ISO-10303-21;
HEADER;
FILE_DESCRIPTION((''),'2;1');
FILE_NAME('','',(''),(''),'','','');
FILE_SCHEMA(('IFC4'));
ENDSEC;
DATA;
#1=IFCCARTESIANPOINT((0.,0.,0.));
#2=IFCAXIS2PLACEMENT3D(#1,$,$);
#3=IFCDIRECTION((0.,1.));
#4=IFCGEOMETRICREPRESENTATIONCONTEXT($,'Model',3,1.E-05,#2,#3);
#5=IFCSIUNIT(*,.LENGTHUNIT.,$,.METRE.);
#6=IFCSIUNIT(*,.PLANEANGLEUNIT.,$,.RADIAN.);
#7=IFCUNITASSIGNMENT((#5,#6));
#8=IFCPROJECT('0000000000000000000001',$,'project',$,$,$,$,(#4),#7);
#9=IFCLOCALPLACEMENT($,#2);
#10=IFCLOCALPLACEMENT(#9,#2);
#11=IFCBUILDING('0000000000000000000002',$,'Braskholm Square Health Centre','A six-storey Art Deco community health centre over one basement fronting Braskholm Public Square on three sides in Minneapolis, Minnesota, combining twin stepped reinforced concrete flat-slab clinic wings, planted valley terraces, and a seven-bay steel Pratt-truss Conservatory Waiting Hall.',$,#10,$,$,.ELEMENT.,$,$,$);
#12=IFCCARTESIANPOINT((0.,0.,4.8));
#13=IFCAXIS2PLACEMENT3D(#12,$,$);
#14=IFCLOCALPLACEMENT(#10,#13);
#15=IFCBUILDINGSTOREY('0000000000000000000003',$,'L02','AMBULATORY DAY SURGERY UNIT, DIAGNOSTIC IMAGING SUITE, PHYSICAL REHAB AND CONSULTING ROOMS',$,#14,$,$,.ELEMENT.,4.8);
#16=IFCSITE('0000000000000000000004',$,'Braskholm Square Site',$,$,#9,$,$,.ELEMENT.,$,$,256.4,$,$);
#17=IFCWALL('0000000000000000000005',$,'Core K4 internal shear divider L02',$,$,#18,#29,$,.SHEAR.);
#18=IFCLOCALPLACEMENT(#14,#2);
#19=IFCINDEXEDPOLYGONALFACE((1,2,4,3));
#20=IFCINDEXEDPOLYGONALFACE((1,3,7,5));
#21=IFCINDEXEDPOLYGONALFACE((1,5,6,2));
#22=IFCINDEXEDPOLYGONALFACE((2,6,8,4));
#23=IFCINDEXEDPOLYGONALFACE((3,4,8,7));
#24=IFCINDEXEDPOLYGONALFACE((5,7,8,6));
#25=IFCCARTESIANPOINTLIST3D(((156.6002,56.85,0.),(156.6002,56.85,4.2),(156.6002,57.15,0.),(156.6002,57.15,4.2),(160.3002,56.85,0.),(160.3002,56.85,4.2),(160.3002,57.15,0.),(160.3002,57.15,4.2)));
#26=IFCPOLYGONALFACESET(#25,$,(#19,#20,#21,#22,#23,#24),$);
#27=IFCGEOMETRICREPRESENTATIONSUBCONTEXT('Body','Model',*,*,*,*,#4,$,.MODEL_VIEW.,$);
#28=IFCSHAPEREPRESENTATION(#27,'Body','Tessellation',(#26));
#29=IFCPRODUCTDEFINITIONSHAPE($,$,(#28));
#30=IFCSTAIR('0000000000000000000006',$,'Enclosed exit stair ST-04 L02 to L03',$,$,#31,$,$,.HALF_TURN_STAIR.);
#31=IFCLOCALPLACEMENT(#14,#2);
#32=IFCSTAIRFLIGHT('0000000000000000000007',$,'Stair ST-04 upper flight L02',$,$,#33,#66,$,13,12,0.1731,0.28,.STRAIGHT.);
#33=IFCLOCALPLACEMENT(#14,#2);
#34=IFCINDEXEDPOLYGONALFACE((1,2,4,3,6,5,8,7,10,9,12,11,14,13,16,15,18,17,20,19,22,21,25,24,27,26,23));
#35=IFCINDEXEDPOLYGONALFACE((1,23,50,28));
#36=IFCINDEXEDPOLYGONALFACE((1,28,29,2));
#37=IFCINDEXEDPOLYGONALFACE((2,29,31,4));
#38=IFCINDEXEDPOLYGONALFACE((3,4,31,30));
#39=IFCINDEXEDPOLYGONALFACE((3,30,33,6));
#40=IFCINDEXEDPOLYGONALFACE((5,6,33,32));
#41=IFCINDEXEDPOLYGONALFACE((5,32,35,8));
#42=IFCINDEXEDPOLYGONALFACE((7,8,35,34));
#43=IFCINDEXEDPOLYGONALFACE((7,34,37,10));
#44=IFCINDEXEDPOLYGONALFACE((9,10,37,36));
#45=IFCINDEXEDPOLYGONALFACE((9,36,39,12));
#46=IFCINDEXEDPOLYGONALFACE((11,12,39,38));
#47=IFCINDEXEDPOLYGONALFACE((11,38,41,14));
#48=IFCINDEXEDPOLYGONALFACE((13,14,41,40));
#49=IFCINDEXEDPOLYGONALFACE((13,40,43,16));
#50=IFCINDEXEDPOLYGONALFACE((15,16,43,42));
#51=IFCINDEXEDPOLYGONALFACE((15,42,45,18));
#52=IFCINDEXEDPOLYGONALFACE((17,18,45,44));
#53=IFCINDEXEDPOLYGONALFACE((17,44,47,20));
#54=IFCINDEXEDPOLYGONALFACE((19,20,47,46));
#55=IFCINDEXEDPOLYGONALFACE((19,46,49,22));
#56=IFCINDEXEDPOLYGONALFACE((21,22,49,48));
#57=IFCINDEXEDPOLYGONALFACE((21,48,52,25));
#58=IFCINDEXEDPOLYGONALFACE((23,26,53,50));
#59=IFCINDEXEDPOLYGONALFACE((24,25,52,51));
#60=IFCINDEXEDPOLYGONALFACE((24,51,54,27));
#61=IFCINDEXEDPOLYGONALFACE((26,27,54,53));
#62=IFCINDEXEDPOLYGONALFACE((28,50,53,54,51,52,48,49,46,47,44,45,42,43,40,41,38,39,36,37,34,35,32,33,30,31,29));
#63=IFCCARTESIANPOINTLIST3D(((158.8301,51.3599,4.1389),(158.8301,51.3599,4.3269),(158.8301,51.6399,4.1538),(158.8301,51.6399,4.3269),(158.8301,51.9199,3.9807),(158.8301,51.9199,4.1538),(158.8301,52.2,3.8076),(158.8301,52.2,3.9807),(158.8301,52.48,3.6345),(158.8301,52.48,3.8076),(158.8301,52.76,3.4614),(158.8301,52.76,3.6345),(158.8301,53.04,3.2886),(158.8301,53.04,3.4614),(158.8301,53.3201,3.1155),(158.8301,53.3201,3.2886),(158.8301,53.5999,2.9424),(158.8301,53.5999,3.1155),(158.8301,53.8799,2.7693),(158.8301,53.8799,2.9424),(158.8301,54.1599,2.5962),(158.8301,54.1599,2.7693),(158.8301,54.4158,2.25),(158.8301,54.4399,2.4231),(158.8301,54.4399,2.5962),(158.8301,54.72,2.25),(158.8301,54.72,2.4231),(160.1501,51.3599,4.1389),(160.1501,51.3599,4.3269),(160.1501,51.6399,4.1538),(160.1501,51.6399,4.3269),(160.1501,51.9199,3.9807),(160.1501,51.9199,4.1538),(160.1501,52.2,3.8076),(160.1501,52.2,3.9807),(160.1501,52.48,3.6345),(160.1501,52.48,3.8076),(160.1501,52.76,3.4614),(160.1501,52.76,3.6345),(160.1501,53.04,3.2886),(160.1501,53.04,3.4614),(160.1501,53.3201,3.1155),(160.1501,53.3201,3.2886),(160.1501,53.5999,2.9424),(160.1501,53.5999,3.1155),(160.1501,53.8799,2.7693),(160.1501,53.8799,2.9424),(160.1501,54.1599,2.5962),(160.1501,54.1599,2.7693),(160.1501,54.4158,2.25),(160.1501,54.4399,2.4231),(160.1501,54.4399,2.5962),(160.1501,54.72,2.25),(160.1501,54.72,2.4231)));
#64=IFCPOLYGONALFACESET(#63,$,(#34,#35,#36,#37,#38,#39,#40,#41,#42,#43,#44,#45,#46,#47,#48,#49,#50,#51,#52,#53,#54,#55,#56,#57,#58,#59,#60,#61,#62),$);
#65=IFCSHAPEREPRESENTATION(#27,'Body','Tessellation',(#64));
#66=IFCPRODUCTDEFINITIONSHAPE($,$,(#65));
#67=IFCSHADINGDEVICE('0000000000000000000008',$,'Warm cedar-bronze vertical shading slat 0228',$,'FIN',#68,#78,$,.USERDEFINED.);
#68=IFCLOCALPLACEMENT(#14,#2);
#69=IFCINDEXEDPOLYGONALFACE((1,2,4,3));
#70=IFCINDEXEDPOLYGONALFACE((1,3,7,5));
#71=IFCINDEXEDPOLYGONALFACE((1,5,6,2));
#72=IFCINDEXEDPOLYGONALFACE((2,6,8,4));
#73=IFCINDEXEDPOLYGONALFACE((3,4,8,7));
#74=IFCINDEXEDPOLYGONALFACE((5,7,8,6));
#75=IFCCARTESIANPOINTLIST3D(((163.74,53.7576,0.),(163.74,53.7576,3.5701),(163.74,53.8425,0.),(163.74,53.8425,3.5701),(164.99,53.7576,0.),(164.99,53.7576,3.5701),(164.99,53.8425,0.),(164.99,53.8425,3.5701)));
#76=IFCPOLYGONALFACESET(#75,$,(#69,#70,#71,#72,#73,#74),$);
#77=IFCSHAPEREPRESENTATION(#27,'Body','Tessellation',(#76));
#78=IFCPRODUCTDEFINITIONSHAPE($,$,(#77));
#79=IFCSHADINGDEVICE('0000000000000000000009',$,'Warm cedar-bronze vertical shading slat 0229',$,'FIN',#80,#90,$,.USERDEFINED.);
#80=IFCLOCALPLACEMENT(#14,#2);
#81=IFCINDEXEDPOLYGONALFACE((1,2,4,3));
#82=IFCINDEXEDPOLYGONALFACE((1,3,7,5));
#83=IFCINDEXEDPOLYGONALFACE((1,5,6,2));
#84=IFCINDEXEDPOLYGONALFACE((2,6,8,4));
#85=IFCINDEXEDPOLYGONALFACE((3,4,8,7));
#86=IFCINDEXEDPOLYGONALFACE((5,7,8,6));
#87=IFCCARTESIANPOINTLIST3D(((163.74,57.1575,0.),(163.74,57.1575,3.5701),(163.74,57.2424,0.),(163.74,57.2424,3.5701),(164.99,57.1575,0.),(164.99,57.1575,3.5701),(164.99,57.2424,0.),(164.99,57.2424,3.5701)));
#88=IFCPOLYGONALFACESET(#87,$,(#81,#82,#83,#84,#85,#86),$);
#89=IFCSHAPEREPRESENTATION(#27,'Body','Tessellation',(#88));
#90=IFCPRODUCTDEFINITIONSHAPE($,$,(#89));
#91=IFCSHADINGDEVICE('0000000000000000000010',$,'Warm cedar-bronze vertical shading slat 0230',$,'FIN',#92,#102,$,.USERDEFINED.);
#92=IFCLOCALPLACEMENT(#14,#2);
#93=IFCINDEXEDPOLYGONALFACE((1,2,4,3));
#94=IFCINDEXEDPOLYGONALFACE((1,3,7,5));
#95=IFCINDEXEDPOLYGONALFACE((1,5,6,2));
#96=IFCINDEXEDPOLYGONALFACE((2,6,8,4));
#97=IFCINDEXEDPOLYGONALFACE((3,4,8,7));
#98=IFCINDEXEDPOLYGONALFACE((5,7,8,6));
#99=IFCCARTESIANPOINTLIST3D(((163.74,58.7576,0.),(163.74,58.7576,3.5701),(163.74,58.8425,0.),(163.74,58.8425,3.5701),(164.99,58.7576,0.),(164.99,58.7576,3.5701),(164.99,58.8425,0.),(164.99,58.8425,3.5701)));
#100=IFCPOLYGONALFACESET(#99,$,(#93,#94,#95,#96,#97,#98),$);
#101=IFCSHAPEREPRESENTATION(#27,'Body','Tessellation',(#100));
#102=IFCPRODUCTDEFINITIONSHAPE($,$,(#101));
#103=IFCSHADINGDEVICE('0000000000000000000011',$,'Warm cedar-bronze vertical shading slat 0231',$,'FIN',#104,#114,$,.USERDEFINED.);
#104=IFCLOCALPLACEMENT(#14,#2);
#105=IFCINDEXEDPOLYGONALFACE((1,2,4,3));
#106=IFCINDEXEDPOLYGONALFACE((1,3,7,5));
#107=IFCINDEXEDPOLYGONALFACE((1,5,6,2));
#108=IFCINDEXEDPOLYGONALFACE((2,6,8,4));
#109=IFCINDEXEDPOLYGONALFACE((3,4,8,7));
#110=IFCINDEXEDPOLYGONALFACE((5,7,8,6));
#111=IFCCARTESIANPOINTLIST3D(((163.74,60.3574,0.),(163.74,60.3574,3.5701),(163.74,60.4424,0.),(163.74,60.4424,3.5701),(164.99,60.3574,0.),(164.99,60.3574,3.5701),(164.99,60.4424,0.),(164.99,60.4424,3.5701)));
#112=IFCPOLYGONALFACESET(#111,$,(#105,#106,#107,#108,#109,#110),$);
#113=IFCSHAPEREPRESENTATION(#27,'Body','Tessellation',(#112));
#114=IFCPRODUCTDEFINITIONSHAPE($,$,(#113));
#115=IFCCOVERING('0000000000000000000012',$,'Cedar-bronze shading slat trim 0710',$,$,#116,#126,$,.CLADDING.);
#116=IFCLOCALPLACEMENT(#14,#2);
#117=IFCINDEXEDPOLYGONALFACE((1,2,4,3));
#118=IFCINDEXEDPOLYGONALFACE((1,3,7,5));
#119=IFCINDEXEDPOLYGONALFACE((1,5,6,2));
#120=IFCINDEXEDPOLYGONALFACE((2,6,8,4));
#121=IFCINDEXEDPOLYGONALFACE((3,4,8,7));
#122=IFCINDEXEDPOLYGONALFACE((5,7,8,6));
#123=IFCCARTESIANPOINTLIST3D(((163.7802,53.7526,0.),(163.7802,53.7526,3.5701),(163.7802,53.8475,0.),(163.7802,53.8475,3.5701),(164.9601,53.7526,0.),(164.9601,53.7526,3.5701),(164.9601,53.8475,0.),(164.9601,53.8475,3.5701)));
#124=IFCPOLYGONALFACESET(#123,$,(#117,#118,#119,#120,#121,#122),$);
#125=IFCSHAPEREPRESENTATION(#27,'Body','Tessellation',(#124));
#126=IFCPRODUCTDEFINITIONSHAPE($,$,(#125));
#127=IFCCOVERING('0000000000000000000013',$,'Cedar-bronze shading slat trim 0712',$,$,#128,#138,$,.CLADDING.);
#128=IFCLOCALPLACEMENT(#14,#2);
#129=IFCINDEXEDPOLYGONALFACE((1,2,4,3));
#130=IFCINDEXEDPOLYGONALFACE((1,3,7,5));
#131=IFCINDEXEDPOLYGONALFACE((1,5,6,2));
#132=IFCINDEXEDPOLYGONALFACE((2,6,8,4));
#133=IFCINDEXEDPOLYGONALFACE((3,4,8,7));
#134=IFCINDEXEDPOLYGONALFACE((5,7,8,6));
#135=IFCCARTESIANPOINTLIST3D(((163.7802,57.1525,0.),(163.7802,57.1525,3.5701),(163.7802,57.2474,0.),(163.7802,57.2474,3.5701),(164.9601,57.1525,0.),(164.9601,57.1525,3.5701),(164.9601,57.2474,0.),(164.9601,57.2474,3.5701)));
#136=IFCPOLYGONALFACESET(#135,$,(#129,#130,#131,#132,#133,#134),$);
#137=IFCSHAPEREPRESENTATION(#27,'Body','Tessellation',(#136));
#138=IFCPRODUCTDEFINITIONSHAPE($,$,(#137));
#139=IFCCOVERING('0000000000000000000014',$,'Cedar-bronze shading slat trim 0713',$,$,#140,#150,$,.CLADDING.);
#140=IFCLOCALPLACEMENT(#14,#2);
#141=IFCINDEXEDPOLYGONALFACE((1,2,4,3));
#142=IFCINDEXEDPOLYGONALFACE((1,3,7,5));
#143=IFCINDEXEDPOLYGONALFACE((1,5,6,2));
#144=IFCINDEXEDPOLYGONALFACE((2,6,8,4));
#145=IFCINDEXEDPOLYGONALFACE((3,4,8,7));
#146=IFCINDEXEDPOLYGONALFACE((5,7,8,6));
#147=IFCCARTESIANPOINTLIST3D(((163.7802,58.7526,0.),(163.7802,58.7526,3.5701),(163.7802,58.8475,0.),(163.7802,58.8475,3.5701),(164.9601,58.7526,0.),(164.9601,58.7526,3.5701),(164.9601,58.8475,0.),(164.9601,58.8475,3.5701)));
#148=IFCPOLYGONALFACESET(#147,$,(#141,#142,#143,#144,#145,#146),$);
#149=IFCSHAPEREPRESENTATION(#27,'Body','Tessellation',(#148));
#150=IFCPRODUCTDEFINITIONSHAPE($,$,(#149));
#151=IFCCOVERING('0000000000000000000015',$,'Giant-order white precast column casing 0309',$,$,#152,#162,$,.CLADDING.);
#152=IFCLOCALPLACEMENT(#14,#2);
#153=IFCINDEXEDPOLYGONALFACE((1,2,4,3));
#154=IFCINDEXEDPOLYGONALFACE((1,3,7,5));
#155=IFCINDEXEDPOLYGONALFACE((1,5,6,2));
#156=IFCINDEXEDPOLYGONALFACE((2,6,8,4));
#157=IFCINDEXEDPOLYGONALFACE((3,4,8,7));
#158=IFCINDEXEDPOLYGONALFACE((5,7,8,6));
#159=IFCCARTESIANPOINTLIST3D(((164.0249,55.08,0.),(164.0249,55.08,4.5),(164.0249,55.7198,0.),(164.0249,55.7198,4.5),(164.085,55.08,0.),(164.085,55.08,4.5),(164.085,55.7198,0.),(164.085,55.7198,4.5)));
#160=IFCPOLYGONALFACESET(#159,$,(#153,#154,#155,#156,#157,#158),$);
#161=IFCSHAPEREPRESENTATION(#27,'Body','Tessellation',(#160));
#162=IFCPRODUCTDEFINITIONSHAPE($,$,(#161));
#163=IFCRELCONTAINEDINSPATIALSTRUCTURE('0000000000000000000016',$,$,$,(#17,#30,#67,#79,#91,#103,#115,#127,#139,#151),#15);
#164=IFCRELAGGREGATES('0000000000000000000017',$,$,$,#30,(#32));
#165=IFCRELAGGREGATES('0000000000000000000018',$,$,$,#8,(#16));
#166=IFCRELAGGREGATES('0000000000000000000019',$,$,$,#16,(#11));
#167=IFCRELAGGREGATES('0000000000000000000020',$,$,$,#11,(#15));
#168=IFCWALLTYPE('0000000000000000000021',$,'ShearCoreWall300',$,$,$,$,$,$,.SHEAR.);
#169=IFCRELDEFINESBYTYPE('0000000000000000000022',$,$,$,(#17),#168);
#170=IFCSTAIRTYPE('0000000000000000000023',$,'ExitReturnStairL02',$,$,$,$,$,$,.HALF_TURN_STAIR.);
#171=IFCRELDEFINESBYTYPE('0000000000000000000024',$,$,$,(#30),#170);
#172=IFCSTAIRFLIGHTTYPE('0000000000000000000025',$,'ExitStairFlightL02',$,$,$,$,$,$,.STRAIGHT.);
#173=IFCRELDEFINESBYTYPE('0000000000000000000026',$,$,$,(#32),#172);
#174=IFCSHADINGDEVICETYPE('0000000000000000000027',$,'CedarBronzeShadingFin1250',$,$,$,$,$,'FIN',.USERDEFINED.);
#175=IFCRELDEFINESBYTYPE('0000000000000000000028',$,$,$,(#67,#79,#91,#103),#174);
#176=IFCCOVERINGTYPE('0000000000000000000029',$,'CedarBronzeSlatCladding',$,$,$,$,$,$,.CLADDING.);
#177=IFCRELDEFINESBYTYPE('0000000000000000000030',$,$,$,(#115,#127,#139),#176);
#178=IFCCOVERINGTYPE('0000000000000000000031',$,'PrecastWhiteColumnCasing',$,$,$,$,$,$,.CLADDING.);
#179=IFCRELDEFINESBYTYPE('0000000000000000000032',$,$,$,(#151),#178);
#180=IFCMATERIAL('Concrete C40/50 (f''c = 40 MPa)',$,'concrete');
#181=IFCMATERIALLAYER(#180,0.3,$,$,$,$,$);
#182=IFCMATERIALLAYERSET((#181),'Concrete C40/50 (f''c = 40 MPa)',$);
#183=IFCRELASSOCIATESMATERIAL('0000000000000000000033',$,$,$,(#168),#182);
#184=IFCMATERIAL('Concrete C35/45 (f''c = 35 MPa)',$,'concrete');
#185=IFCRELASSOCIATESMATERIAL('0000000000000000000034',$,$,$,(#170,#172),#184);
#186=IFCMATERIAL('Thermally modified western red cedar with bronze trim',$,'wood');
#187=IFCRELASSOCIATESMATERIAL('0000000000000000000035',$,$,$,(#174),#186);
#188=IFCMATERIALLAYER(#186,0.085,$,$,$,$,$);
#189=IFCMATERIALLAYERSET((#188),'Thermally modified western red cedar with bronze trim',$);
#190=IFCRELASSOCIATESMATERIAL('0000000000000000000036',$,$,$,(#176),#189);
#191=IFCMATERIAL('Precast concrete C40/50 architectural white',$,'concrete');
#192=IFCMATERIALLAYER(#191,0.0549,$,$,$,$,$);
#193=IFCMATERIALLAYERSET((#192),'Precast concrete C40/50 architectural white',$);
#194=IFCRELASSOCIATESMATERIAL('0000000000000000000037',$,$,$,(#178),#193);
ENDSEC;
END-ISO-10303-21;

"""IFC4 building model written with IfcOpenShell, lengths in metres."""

from ifc_helpers import new_model, si_unit, direction, frame, frame_2d, origin, origin_2d, place, context, subcontext, project, spatial, polyline, rectangle, outline, extrude, material, layer, layer_set, type_object, element, aggregate, save


model = new_model("IFC4")

# Units and contexts
model_context = context("Model", 3, precision=1e-05, world=origin(), true_north=direction((0.0, 1.0)))
body_context = subcontext(model_context, "Body", "Model", "MODEL_VIEW")
ifc_project = project(units=[si_unit("LENGTHUNIT", "METRE"), si_unit("PLANEANGLEUNIT", "RADIAN")], contexts=[model_context])

# Site, building, storey
site_placement = place(None, origin())
site = spatial("IfcSite", under=ifc_project, at=site_placement, Name="Braskholm Square Site", CompositionType="ELEMENT", RefElevation=256.4)
building_placement = place(site_placement, origin())
building = spatial("IfcBuilding", under=site, at=building_placement, Name="Braskholm Square Health Centre", Description="A six-storey Art Deco community health centre over one basement fronting Braskholm Public Square on three sides in Minneapolis, Minnesota, combining twin stepped reinforced concrete flat-slab clinic wings, planted valley terraces, and a seven-bay steel Pratt-truss Conservatory Waiting Hall.", CompositionType="ELEMENT")
storey_placement = place(building_placement, frame((0.0, 0.0, 4.8)))
storey = spatial("IfcBuildingStorey", under=building, at=storey_placement, Name="L02", Description="AMBULATORY DAY SURGERY UNIT, DIAGNOSTIC IMAGING SUITE, PHYSICAL REHAB AND CONSULTING ROOMS", CompositionType="ELEMENT", Elevation=4.8)

# Shared definitions
ifc_material_1 = material(Name="Precast concrete C40/50 architectural white", Category="concrete")

# Shared definitions
ifc_material_2 = material(Name="Concrete C35/45 (f'c = 35 MPa)", Category="concrete")

# Wall
ifc_material_3 = material(Name="Concrete C40/50 (f'c = 40 MPa)", Category="concrete")
ifc_layer_1 = layer(ifc_material_3, 0.3)
ifc_layer_set_1 = layer_set([ifc_layer_1], Name="Concrete C40/50 (f'c = 40 MPa)")
wall_type_1 = type_object("IfcWallType", Name="ShearCoreWall300", PredefinedType="SHEAR", material=ifc_layer_set_1)
wall_1_placement = place(storey_placement, frame((156.6001, 57.0, 0.0), z_axis=(0.0, 0.0, 1.0), x_axis=(1.0, 0.0, 0.0)))
element("IfcWall", 1, at=wall_1_placement, inside=storey, type_object=wall_type_1, Name="Core K4 internal shear divider L02", PredefinedType="SHEAR", context=body_context, shape_type="SweptSolid", body=[
    extrude(rectangle(XDim=3.7, YDim=0.3, at=frame_2d((1.8501, 0.0))), origin(), (0.0, 0.0, 1.0), 4.2),
])

# Stair, stair flight
stair_type = type_object("IfcStairType", Name="ExitReturnStairL02", PredefinedType="HALF_TURN_STAIR", material=ifc_material_2)
stair_placement = place(storey_placement, origin())
stair = element("IfcStair", 2, at=stair_placement, inside=storey, type_object=stair_type, Name="Enclosed exit stair ST-04 L02 to L03", PredefinedType="HALF_TURN_STAIR")
stair_flight_type = type_object("IfcStairFlightType", Name="ExitStairFlightL02", PredefinedType="STRAIGHT", material=ifc_material_2)
stair_flight_placement = place(storey_placement, frame((159.49, 54.72, 2.25), z_axis=(0.0, 0.0, 1.0), x_axis=(0.0, -1.0, 0.0)))
stair_flight = element("IfcStairFlight", 3, at=stair_flight_placement, type_object=stair_flight_type, Name="Stair ST-04 upper flight L02", NumberOfRisers=13, NumberOfTreads=12, PredefinedType="STRAIGHT", RiserHeight=0.1731, TreadLength=0.28, context=body_context, shape_type="SweptSolid", body=[
    extrude(outline(polyline([(0.0, 0.0), (0.0, 0.1731), (0.28, 0.1731), (0.28, 0.3462), (0.5601, 0.3462), (0.5601, 0.5193), (0.8401, 0.5193), (0.8401, 0.6924), (1.1201, 0.6924), (1.1201, 0.8655), (1.3999, 0.8655), (1.3999, 1.0386), (1.6799, 1.0386), (1.6799, 1.2114), (1.96, 1.2114), (1.96, 1.3845), (2.24, 1.3845), (2.24, 1.5576), (2.52, 1.5576), (2.52, 1.7307), (2.8, 1.7307), (2.8, 1.9038), (3.0801, 1.9038), (3.0801, 2.0769), (3.3601, 2.0769), (3.3601, 2.25), (3.3601, 1.8889), (0.3042, 0.0), (0.0, 0.0)])), frame((0.0, 0.6602, 0.0), z_axis=(0.0, -1.0, 0.0), x_axis=(1.0, 0.0, 0.0)), (0.0, 0.0, 1.0), 1.3201),
])
aggregate(stair, [stair_flight])

# Shading devices
ifc_material_4 = material(Name="Thermally modified western red cedar with bronze trim", Category="wood")
shading_device_type = type_object("IfcShadingDeviceType", Name="CedarBronzeShadingFin1250", ElementType="FIN", PredefinedType="USERDEFINED", material=ifc_material_4)
for number, where, z_axis, x_axis, name in (
    (4, (164.365, 53.8, 0.0), (0.0, 0.0, 1.0), (1.0, 0.0, 0.0), "Warm cedar-bronze vertical shading slat 0228"),
    (5, (164.365, 57.2, 0.0), (0.0, 0.0, 1.0), (1.0, 0.0, 0.0), "Warm cedar-bronze vertical shading slat 0229"),
    (6, (164.365, 58.8, 0.0), (0.0, 0.0, 1.0), (1.0, 0.0, 0.0), "Warm cedar-bronze vertical shading slat 0230"),
    (7, (164.365, 60.3999, 0.0), (0.0, 0.0, 1.0), (1.0, 0.0, 0.0), "Warm cedar-bronze vertical shading slat 0231"),
):
    element("IfcShadingDevice", number, at=place(storey_placement, frame(where, z_axis=z_axis, x_axis=x_axis)), inside=storey, type_object=shading_device_type, Name=name, ObjectType="FIN", PredefinedType="USERDEFINED", context=body_context, shape_type="SweptSolid", body=[
        extrude(rectangle(XDim=1.25, YDim=0.085, at=origin_2d()), origin(), (0.0, 0.0, 1.0), 3.5701),
    ])

# Coverings
ifc_layer_2 = layer(ifc_material_4, 0.085)
ifc_layer_set_2 = layer_set([ifc_layer_2], Name="Thermally modified western red cedar with bronze trim")
covering_type_1 = type_object("IfcCoveringType", Name="CedarBronzeSlatCladding", PredefinedType="CLADDING", material=ifc_layer_set_2)
for number, where, z_axis, x_axis, name in (
    (8, (164.3701, 53.8, 0.0), (0.0, 0.0, 1.0), (1.0, 0.0, 0.0), "Cedar-bronze shading slat trim 0710"),
    (9, (164.3701, 57.2, 0.0), (0.0, 0.0, 1.0), (1.0, 0.0, 0.0), "Cedar-bronze shading slat trim 0712"),
    (10, (164.3701, 58.8, 0.0), (0.0, 0.0, 1.0), (1.0, 0.0, 0.0), "Cedar-bronze shading slat trim 0713"),
):
    element("IfcCovering", number, at=place(storey_placement, frame(where, z_axis=z_axis, x_axis=x_axis)), inside=storey, type_object=covering_type_1, Name=name, PredefinedType="CLADDING", context=body_context, shape_type="SweptSolid", body=[
        extrude(rectangle(XDim=1.1799, YDim=0.095, at=origin_2d()), origin(), (0.0, 0.0, 1.0), 3.5701),
    ])
ifc_layer_3 = layer(ifc_material_1, 0.0549)
ifc_layer_set_3 = layer_set([ifc_layer_3], Name="Precast concrete C40/50 architectural white")
covering_type_2 = type_object("IfcCoveringType", Name="PrecastWhiteColumnCasing", PredefinedType="CLADDING", material=ifc_layer_set_3)
covering_placement = place(storey_placement, frame((164.0549, 55.3999, 0.0), z_axis=(0.0, 0.0, 1.0), x_axis=(1.0, 0.0, 0.0)))
element("IfcCovering", 11, at=covering_placement, inside=storey, type_object=covering_type_2, Name="Giant-order white precast column casing 0309", PredefinedType="CLADDING", context=body_context, shape_type="SweptSolid", body=[
    extrude(rectangle(XDim=0.0601, YDim=0.6399, at=origin_2d()), origin(), (0.0, 0.0, 1.0), 4.5),
])

save(model, "model.ifc")
